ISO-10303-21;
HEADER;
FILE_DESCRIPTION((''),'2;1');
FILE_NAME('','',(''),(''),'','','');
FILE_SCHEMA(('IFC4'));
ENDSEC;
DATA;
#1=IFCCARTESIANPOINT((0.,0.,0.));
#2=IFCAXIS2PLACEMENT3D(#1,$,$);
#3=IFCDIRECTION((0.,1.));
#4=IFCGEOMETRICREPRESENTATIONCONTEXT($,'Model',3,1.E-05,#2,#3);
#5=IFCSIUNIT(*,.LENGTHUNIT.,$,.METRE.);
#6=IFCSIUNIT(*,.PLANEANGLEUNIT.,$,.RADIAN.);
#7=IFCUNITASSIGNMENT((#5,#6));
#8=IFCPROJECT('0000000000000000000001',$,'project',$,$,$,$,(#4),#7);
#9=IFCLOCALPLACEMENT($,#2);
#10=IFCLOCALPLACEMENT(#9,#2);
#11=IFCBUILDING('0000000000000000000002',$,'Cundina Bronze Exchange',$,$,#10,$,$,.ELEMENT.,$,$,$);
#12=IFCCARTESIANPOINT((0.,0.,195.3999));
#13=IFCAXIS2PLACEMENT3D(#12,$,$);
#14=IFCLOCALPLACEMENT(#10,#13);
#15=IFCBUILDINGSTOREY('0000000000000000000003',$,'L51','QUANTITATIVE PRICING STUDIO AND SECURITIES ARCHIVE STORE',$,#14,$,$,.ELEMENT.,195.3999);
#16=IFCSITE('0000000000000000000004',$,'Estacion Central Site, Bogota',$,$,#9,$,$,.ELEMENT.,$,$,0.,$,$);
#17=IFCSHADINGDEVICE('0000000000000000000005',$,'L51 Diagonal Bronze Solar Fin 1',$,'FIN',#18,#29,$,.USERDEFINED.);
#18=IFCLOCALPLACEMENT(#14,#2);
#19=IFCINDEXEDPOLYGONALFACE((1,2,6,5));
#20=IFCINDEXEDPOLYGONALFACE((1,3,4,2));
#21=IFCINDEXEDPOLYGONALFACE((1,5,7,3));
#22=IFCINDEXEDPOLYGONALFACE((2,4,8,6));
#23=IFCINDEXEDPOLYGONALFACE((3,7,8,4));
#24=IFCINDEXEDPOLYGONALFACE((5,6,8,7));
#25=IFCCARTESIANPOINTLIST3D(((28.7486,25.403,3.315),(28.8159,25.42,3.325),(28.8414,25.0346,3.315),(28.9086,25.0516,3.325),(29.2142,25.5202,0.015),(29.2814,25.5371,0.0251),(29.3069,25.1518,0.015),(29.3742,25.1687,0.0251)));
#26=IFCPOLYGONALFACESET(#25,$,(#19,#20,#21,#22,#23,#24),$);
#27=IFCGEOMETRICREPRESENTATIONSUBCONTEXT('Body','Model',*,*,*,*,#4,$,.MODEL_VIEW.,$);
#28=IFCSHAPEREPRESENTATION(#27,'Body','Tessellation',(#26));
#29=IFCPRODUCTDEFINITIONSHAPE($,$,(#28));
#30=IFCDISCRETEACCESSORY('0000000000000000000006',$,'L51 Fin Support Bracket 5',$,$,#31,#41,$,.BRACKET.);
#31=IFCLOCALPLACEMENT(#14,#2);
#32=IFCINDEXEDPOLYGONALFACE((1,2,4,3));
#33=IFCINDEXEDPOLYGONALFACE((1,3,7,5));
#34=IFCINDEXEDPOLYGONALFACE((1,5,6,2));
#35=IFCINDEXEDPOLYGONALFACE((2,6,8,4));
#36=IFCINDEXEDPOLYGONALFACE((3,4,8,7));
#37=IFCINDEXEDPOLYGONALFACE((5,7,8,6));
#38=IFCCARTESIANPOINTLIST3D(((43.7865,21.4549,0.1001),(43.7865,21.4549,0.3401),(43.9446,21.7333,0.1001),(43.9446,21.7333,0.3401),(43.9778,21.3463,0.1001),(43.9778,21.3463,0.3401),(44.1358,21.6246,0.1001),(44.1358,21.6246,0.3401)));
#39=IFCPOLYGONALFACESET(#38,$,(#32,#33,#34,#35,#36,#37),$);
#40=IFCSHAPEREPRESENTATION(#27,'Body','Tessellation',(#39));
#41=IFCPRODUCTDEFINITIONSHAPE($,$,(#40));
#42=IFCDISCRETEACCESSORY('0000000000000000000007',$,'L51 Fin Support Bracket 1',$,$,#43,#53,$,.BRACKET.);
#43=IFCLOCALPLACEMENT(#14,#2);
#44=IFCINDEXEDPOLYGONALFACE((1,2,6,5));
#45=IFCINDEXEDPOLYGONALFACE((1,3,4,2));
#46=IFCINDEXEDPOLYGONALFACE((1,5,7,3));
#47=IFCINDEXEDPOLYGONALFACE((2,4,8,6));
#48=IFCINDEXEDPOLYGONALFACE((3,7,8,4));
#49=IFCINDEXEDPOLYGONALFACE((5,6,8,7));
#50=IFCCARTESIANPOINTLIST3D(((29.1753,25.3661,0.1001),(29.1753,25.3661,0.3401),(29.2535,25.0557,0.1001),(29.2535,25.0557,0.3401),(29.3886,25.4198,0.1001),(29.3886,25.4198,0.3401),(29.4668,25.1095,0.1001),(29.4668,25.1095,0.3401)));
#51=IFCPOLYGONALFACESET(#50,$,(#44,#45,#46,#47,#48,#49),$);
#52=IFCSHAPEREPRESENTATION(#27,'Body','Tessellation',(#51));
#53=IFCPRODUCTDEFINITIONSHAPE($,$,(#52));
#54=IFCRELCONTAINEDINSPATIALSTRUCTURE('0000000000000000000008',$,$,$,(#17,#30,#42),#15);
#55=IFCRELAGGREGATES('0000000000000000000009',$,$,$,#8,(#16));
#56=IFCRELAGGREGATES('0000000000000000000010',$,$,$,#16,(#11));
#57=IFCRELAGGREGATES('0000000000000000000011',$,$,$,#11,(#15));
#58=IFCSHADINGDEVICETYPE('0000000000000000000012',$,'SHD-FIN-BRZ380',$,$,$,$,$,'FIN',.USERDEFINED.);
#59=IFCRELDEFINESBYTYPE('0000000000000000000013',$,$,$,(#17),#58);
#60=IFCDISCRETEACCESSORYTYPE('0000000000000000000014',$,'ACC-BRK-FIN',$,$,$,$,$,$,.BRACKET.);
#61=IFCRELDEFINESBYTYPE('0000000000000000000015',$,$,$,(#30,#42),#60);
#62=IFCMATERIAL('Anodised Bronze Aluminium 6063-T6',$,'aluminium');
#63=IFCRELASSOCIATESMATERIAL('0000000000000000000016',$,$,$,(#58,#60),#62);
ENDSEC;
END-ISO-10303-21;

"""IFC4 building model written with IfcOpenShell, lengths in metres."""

from ifc_helpers import new_model, si_unit, direction, frame, origin, origin_2d, place, context, subcontext, project, spatial, rectangle, extrude, material, material_profile, profile_set, type_object, element, save


model = new_model("IFC4")

# Units and contexts
model_context = context("Model", 3, precision=1e-05, world=origin(), true_north=direction((0.0, 1.0)))
body_context = subcontext(model_context, "Body", "Model", "MODEL_VIEW")
ifc_project = project(units=[si_unit("LENGTHUNIT", "METRE"), si_unit("PLANEANGLEUNIT", "RADIAN")], contexts=[model_context])

# Site, building, storey
site_placement = place(None, origin())
site = spatial("IfcSite", under=ifc_project, at=site_placement, Name="Estacion Central Site, Bogota", CompositionType="ELEMENT", RefElevation=0.0)
building_placement = place(site_placement, origin())
building = spatial("IfcBuilding", under=site, at=building_placement, Name="Cundina Bronze Exchange", CompositionType="ELEMENT")
storey_placement = place(building_placement, frame((0.0, 0.0, 195.3999)))
storey = spatial("IfcBuildingStorey", under=building, at=storey_placement, Name="L51", Description="QUANTITATIVE PRICING STUDIO AND SECURITIES ARCHIVE STORE", CompositionType="ELEMENT", Elevation=195.3999)

# Shared definitions
ifc_material_1 = material(Name="Anodised Bronze Aluminium 6063-T6", Category="aluminium")

# Shading device
ifc_material_profile_1 = material_profile(ifc_material_1, rectangle(XDim=0.0701, YDim=0.3799, at=origin_2d()), Name="FIN70X380", Category="aluminium")
ifc_profile_set_1 = profile_set([ifc_material_profile_1], Name="Anodised Bronze Aluminium 6063-T6")
shading_device_type = type_object("IfcShadingDeviceType", Name="SHD-FIN-BRZ380", ElementType="FIN", PredefinedType="USERDEFINED", material=ifc_profile_set_1)
for number, where, z_axis, x_axis, name in (
    (1, (29.2942, 25.3445, 0.02), (-0.139612, -0.035141, 0.989583), (0.95965, 0.241548, 0.143967), "L51 Diagonal Bronze Solar Fin 1"),
):
    element("IfcShadingDevice", number, at=place(storey_placement, frame(where, z_axis=z_axis, x_axis=x_axis)), inside=storey, type_object=shading_device_type, Name=name, ObjectType="FIN", PredefinedType="USERDEFINED", context=body_context, shape_type="SweptSolid", body=[
        extrude(rectangle(XDim=0.0701, YDim=0.3799, at=origin_2d()), origin(), (0.0, 0.0, 1.0), 3.3347),
    ])

# Discrete accessories
discrete_accessory_type = type_object("IfcDiscreteAccessoryType", Name="ACC-BRK-FIN", PredefinedType="BRACKET", material=ifc_material_1)
for number, where, z_axis, x_axis, name in (
    (2, (43.9612, 21.5398, 0.1001), (0.0, 0.0, 1.0), (-0.869573, 0.493805, 0.0), "L51 Fin Support Bracket 5"),
    (3, (29.321, 25.2378, 0.1001), (0.0, 0.0, 1.0), (-0.969732, -0.244174, 0.0), "L51 Fin Support Bracket 1"),
):
    element("IfcDiscreteAccessory", number, at=place(storey_placement, frame(where, z_axis=z_axis, x_axis=x_axis)), inside=storey, type_object=discrete_accessory_type, Name=name, PredefinedType="BRACKET", context=body_context, shape_type="SweptSolid", body=[
        extrude(rectangle(XDim=0.22, YDim=0.3201, at=origin_2d()), origin(), (0.0, 0.0, 1.0), 0.24),
    ])

save(model, "model.ifc")
